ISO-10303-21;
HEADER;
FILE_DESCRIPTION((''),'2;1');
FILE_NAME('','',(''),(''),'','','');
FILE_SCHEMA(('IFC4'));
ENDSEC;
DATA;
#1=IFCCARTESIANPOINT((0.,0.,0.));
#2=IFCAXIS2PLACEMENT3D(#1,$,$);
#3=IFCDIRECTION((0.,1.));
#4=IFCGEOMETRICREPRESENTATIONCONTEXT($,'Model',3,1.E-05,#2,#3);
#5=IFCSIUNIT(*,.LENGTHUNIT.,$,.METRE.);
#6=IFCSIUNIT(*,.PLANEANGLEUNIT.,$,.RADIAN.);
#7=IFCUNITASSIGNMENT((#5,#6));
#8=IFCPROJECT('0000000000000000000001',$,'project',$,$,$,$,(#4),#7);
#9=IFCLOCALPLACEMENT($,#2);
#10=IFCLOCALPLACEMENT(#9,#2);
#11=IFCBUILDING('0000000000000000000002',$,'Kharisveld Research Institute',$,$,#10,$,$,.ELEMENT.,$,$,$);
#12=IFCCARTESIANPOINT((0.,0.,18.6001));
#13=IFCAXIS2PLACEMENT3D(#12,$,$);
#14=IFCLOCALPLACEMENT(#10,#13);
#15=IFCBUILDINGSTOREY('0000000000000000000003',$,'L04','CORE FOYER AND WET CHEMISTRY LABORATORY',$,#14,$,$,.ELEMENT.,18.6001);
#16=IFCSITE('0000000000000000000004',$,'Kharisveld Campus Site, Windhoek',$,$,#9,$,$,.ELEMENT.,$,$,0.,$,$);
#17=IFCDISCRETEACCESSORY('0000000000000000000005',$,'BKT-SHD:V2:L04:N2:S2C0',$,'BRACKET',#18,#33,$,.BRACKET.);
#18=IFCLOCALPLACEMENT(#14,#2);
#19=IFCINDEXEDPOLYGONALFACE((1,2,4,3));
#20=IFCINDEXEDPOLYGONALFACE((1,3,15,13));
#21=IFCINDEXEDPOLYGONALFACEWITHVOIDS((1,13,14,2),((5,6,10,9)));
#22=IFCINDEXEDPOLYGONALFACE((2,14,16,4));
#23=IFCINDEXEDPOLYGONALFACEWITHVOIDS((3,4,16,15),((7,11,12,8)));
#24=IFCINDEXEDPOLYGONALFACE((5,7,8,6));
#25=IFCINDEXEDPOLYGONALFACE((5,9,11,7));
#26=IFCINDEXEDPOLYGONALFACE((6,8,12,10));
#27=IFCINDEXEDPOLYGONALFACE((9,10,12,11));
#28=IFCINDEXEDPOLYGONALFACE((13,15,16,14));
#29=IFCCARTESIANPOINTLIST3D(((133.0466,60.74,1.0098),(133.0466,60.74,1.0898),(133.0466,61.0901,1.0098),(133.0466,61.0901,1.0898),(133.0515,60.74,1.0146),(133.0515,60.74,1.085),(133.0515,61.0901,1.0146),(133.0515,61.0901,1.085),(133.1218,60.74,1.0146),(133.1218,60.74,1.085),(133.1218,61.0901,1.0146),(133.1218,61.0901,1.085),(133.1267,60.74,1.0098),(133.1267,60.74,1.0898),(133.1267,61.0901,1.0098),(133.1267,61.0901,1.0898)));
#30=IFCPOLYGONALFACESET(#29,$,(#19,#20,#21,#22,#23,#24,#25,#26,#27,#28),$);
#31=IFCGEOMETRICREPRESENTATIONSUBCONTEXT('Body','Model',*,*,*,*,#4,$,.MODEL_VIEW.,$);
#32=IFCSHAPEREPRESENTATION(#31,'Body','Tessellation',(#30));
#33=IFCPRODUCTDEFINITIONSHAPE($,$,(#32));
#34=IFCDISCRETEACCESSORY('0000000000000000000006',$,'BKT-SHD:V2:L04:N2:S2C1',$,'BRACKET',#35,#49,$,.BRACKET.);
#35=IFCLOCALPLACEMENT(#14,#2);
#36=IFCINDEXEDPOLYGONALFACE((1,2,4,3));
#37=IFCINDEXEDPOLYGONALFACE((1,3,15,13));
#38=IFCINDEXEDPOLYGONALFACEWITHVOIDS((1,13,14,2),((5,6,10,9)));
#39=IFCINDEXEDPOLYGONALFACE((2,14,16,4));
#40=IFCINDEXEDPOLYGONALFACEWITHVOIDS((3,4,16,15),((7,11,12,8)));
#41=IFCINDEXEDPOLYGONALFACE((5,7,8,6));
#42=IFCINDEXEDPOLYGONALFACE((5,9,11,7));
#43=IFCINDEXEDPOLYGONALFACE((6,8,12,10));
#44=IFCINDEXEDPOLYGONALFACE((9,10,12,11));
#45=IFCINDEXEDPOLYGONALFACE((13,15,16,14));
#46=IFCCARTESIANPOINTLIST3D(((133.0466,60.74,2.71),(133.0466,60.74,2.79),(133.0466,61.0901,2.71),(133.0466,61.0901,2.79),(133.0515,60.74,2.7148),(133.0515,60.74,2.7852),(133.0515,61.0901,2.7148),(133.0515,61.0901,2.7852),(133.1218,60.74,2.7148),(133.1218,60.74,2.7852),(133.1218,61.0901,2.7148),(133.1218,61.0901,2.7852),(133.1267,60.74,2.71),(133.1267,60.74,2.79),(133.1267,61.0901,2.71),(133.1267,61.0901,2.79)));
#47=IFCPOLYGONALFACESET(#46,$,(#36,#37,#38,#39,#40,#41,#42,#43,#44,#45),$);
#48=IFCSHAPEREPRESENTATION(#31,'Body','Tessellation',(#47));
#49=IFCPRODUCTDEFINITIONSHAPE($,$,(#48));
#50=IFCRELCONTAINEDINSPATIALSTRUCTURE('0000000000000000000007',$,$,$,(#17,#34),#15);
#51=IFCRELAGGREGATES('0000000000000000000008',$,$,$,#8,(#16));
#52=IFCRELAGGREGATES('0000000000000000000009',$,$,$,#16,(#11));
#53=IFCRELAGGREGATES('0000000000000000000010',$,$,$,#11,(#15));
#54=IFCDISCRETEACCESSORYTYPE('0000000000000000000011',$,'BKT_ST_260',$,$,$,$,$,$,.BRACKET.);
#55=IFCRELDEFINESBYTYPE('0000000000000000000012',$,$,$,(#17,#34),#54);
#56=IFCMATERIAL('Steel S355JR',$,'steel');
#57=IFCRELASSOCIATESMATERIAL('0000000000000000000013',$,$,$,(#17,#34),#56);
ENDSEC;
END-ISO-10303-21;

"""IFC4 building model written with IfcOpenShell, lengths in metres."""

from ifc_helpers import new_model, si_unit, direction, frame, origin, origin_2d, place, context, subcontext, project, spatial, hollow_rectangle, extrude, material, type_object, element, save


model = new_model("IFC4")

# Units and contexts
model_context = context("Model", 3, precision=1e-05, world=origin(), true_north=direction((0.0, 1.0)))
body_context = subcontext(model_context, "Body", "Model", "MODEL_VIEW")
ifc_project = project(units=[si_unit("LENGTHUNIT", "METRE"), si_unit("PLANEANGLEUNIT", "RADIAN")], contexts=[model_context])

# Site, building, storey
site_placement = place(None, origin())
site = spatial("IfcSite", under=ifc_project, at=site_placement, Name="Kharisveld Campus Site, Windhoek", CompositionType="ELEMENT", RefElevation=0.0)
building_placement = place(site_placement, origin())
building = spatial("IfcBuilding", under=site, at=building_placement, Name="Kharisveld Research Institute", CompositionType="ELEMENT")
storey_placement = place(building_placement, frame((0.0, 0.0, 18.6001)))
storey = spatial("IfcBuildingStorey", under=building, at=storey_placement, Name="L04", Description="CORE FOYER AND WET CHEMISTRY LABORATORY", CompositionType="ELEMENT", Elevation=18.6001)

# Discrete accessories
ifc_material_1 = material(Name="Steel S355JR", Category="steel")
discrete_accessory_type = type_object("IfcDiscreteAccessoryType", Name="BKT_ST_260", PredefinedType="BRACKET")
for number, where, z_axis, x_axis, name in (
    (1, (133.0867, 60.74, 1.0498), (0.0, 1.0, 0.0), (-1.0, 0.0, 0.0), "BKT-SHD:V2:L04:N2:S2C0"),
    (2, (133.0867, 60.74, 2.75), (0.0, 1.0, 0.0), (-1.0, 0.0, 0.0), "BKT-SHD:V2:L04:N2:S2C1"),
):
    element("IfcDiscreteAccessory", number, at=place(storey_placement, frame(where, z_axis=z_axis, x_axis=x_axis)), inside=storey, type_object=discrete_accessory_type, material=ifc_material_1, Name=name, ObjectType="BRACKET", PredefinedType="BRACKET", context=body_context, shape_type="SweptSolid", body=[
        extrude(hollow_rectangle(XDim=0.0801, YDim=0.0801, WallThickness=0.0049, at=origin_2d()), origin(), (0.0, 0.0, 1.0), 0.3501),
    ])

save(model, "model.ifc")
